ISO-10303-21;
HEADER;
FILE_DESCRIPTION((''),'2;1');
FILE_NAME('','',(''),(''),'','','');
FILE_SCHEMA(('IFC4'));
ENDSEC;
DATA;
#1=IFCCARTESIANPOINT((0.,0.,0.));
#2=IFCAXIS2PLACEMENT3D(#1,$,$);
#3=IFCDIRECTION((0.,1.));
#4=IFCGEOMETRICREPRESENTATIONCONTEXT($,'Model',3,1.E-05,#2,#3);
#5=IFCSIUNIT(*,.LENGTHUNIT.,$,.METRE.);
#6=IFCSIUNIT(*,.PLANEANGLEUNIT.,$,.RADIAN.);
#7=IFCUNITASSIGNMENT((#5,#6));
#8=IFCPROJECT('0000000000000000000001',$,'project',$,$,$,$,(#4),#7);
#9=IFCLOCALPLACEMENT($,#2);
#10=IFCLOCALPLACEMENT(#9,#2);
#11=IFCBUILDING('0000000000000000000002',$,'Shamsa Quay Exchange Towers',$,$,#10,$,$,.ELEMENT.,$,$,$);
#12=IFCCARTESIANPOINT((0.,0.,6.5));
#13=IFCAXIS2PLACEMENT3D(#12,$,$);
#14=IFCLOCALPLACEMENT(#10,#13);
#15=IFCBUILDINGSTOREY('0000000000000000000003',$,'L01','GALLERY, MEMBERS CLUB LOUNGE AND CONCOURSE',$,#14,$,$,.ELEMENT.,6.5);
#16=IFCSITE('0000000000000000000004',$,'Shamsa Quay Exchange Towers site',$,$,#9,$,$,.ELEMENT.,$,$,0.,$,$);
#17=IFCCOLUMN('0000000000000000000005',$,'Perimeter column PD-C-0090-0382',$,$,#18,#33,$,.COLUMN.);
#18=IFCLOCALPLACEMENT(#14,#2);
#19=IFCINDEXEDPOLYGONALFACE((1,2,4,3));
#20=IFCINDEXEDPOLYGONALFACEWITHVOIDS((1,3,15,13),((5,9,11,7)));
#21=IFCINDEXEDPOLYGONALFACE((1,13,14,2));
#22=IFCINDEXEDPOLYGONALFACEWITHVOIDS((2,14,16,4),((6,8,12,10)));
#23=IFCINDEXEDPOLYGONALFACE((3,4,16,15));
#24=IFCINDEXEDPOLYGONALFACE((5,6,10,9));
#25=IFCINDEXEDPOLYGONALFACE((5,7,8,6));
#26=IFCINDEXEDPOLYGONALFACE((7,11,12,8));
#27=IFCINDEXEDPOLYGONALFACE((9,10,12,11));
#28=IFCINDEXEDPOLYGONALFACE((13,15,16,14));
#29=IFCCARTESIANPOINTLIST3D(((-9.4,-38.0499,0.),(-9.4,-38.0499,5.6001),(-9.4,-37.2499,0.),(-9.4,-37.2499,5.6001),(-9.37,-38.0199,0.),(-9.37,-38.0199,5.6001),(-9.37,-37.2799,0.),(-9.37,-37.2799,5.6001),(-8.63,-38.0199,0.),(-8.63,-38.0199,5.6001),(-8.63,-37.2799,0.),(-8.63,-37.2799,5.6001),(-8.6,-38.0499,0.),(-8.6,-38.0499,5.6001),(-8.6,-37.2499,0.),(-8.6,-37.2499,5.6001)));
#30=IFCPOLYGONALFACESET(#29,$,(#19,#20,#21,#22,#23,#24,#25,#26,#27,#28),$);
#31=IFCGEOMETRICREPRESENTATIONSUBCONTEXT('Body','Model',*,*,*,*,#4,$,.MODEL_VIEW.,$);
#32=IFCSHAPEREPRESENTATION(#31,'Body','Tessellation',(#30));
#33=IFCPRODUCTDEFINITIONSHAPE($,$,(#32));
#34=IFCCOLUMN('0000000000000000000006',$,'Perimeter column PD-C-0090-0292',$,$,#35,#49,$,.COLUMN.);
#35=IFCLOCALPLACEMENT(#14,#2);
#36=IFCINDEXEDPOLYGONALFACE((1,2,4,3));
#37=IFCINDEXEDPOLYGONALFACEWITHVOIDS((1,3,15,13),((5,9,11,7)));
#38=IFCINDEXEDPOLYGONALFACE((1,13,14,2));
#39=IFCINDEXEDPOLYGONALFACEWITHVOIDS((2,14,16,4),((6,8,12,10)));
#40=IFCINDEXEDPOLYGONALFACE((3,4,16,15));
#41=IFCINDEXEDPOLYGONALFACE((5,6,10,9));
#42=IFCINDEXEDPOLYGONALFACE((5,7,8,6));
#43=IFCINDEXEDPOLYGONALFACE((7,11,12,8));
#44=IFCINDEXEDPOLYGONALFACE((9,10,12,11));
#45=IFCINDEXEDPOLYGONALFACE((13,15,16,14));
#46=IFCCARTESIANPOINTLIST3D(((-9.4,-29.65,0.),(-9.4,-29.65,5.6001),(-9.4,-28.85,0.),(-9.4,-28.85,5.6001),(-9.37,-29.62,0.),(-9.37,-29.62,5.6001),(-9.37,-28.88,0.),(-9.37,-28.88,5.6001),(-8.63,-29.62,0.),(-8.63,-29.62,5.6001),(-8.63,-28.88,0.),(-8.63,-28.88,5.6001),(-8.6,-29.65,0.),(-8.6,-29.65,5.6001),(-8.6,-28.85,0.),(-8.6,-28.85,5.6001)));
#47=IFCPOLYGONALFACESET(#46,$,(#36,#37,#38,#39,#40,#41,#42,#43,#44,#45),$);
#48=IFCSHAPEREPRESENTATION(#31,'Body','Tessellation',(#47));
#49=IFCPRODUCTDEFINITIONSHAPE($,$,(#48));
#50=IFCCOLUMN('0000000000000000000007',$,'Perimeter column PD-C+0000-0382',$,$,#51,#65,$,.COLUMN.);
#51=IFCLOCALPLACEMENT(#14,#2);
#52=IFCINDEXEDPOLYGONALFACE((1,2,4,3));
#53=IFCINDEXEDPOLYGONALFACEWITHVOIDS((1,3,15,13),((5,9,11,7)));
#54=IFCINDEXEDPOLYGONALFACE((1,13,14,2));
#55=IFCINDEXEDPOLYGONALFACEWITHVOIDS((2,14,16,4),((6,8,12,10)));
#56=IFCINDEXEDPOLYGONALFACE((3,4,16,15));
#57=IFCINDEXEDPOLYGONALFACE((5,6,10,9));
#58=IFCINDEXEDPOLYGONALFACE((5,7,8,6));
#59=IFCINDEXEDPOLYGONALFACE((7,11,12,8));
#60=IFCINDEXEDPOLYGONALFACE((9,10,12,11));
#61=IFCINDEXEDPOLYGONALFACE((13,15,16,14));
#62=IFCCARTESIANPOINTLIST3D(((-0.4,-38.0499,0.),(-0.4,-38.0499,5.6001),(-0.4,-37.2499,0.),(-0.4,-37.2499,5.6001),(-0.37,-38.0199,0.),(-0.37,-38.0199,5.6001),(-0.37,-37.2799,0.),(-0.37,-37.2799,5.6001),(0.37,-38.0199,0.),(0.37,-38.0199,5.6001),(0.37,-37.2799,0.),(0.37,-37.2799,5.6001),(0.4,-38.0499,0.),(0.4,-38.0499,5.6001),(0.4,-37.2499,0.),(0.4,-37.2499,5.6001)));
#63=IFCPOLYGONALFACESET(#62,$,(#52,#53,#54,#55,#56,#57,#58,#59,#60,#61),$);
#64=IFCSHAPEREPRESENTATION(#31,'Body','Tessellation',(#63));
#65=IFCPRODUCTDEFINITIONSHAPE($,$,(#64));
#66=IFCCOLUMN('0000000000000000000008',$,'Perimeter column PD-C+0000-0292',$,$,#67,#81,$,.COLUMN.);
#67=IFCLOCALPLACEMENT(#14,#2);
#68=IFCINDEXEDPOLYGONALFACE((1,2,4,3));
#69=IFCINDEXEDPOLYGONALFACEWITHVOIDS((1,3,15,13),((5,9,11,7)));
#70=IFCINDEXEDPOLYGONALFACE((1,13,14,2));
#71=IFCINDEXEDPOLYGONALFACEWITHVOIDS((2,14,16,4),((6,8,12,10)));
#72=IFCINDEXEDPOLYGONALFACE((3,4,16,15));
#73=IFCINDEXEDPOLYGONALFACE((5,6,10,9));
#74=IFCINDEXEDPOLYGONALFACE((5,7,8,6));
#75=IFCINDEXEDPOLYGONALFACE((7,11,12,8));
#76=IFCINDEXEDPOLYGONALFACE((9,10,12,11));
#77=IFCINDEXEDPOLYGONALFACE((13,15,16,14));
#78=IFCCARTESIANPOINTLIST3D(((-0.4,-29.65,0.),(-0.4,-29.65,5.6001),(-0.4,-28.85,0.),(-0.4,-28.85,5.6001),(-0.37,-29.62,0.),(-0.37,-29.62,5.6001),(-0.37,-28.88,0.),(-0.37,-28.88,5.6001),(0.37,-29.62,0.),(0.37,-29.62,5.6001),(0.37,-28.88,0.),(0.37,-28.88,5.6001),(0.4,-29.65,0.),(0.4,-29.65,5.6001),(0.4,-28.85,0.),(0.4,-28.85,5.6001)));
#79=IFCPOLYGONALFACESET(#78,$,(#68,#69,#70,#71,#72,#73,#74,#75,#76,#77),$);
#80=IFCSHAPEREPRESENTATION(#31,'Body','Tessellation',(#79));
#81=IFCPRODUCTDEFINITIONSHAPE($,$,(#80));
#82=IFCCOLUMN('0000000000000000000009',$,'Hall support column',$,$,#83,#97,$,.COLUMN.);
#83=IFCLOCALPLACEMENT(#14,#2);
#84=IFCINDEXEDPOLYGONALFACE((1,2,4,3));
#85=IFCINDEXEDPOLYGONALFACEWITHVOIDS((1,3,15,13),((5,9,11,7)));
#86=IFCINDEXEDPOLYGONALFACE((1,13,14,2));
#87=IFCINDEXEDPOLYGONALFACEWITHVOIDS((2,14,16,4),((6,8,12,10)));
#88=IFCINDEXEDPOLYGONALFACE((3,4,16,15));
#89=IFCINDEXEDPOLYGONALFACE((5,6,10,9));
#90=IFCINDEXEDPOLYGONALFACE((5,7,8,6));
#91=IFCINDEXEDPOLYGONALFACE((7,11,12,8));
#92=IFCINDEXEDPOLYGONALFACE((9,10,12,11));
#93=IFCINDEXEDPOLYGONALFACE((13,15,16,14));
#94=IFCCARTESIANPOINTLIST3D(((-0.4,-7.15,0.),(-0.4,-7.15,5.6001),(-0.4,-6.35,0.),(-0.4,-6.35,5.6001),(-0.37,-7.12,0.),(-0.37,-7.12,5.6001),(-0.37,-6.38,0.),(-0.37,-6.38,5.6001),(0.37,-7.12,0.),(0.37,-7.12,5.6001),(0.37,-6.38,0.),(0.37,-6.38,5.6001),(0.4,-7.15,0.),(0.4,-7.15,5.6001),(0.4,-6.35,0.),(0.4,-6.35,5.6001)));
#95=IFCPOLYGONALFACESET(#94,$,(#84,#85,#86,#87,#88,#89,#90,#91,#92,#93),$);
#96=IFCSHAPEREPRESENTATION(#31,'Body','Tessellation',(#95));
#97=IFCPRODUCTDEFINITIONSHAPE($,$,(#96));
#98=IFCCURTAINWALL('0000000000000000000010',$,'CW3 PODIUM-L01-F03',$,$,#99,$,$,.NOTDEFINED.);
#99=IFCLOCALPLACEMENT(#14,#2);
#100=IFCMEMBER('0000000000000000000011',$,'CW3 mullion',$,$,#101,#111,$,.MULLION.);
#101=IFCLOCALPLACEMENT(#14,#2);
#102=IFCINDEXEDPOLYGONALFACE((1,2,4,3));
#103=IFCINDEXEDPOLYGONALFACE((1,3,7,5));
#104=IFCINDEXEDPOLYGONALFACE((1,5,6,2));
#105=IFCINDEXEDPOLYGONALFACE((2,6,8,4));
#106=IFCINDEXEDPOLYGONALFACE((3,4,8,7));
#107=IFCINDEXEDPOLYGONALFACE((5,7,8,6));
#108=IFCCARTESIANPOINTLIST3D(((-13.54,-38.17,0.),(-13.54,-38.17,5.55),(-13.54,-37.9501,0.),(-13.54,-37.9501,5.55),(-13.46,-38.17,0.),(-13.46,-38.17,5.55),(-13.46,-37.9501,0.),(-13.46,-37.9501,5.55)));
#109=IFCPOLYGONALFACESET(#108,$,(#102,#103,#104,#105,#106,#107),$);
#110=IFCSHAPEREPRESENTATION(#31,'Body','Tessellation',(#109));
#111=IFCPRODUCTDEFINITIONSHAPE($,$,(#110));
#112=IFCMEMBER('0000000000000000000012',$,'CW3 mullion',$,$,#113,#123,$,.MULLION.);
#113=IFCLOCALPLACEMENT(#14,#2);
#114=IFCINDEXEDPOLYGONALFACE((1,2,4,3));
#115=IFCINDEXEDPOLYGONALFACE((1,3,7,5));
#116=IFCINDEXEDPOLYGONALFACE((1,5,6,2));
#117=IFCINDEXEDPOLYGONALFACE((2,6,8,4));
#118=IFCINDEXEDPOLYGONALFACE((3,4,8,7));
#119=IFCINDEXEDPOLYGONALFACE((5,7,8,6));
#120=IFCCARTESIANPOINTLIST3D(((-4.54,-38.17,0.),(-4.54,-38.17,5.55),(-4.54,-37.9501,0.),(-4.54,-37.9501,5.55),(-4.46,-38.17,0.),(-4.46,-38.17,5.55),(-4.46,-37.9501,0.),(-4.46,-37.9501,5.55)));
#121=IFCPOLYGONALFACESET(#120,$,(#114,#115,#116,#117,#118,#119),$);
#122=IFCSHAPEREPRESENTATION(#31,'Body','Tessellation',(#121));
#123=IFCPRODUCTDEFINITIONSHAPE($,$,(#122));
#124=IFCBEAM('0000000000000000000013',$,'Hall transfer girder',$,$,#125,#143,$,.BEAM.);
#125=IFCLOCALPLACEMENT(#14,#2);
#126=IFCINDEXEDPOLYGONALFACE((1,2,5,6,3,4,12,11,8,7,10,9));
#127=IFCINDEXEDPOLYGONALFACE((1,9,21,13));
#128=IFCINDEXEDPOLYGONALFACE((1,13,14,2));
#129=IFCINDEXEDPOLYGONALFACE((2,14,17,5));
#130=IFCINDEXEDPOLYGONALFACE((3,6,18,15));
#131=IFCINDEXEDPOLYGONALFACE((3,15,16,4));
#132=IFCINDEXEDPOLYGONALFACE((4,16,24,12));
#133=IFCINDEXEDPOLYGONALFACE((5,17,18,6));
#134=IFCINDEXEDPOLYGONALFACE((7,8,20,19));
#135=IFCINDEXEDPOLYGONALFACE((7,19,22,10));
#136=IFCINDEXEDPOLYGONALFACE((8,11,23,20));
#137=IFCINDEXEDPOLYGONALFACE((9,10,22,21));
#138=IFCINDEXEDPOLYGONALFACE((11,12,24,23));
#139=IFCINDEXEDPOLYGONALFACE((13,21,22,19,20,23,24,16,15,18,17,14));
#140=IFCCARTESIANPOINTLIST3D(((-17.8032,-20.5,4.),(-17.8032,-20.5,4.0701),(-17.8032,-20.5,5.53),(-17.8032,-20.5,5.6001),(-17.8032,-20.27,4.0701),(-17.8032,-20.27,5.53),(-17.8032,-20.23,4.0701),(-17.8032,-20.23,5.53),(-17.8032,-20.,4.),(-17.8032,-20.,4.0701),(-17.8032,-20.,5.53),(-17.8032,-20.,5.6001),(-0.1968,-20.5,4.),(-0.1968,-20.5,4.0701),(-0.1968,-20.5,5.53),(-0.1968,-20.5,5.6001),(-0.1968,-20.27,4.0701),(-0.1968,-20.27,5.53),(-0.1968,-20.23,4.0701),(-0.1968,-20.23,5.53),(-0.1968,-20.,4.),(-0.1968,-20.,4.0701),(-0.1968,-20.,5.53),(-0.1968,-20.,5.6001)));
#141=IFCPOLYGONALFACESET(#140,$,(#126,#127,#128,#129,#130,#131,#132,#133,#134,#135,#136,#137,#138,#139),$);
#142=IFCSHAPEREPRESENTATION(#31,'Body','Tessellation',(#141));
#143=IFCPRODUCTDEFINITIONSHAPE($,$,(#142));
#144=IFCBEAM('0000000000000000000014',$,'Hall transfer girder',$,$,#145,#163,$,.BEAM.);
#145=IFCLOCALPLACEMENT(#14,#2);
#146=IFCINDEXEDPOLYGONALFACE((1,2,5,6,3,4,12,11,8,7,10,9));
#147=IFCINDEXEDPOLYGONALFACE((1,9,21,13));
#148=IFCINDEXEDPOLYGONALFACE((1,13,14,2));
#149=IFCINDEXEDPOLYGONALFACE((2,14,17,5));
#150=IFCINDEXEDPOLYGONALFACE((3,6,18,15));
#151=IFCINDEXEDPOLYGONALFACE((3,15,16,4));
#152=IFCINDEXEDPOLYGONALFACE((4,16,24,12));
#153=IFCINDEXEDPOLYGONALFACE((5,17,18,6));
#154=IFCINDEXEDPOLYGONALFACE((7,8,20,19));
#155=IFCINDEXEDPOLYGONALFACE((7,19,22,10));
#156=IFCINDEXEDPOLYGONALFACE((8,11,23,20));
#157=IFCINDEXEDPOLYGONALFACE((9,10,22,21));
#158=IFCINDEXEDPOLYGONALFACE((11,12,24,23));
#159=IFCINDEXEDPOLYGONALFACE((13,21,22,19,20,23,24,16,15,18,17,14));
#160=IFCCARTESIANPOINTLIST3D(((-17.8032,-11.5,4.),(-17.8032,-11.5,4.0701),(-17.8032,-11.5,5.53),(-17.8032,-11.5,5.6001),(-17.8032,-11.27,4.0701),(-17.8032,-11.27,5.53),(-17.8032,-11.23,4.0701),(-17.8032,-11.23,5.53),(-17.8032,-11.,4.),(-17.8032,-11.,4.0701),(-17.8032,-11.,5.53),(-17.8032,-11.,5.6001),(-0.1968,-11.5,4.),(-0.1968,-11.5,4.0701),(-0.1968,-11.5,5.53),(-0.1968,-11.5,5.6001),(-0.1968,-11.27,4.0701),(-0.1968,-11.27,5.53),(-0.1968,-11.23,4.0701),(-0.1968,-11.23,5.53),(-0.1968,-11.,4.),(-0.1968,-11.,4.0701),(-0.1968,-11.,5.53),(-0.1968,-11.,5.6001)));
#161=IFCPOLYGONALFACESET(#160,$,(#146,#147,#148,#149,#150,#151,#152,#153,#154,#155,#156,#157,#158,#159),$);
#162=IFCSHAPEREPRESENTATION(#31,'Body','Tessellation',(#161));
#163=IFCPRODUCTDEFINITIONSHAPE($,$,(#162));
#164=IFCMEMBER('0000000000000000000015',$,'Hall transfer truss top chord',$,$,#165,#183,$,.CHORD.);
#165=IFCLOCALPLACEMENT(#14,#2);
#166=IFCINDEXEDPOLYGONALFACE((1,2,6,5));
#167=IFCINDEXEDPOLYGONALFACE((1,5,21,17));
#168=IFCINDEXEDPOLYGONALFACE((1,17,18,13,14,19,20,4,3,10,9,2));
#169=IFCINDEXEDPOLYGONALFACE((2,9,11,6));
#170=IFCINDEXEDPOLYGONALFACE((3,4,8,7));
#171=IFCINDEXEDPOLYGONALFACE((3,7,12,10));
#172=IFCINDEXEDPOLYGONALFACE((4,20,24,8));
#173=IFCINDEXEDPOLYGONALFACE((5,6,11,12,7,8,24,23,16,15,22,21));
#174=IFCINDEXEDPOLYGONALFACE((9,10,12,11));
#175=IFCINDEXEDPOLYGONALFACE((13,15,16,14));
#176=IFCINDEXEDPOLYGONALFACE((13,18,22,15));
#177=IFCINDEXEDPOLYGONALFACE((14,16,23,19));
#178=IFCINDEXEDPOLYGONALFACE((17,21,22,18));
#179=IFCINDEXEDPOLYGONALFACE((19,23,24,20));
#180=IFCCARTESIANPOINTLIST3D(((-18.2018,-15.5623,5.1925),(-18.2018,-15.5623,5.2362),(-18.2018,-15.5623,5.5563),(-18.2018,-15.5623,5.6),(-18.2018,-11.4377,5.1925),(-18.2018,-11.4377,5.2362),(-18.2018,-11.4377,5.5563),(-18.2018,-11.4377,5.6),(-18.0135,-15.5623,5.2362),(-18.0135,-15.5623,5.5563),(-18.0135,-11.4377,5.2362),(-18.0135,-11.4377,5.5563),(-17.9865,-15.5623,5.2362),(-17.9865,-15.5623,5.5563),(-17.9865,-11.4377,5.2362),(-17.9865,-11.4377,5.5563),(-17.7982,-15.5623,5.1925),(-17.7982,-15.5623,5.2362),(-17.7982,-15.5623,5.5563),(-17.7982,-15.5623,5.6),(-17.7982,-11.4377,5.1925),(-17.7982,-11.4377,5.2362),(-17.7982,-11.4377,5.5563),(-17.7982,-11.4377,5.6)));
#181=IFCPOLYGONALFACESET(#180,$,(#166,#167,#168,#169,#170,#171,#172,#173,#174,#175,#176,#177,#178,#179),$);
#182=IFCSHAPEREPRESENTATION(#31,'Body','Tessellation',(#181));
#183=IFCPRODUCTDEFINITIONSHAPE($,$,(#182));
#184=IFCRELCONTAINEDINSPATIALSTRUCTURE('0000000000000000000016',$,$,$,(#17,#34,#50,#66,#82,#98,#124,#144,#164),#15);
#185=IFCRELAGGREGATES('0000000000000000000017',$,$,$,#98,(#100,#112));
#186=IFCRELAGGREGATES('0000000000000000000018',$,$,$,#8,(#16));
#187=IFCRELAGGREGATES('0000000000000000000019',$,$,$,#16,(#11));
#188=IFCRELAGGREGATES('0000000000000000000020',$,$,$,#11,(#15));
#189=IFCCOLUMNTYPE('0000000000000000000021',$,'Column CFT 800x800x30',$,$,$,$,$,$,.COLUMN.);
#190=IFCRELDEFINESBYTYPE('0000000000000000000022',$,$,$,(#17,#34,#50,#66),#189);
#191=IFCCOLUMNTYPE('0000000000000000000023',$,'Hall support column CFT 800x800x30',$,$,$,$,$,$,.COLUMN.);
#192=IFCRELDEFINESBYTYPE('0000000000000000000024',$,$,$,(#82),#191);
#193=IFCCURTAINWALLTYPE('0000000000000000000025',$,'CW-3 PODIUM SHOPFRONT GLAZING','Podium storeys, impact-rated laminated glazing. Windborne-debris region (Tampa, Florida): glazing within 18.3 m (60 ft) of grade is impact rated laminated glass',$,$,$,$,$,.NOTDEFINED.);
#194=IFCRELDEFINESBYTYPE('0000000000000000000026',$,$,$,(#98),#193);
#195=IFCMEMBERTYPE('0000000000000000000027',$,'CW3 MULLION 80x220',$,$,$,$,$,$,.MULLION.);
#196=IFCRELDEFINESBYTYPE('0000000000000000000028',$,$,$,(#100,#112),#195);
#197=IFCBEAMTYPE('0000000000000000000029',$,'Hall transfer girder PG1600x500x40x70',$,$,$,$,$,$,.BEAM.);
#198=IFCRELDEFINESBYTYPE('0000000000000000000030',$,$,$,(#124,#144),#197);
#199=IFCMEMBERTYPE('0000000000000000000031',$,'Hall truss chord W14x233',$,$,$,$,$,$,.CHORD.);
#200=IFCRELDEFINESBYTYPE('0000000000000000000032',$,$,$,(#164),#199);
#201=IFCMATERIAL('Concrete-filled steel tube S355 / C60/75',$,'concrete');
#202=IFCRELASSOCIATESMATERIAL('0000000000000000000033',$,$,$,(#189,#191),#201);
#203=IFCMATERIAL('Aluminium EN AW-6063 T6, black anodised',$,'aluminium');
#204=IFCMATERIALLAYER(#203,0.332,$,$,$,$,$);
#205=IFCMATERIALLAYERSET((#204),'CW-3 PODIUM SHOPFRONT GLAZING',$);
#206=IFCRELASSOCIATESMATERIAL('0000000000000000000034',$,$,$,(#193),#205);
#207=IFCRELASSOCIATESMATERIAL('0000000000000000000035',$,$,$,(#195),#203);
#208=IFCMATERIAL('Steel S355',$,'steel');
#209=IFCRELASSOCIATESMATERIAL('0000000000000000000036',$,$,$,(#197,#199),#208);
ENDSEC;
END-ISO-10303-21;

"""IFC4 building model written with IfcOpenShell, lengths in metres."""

from ifc_helpers import new_model, si_unit, direction, frame, origin, origin_2d, place, context, subcontext, project, spatial, rectangle, hollow_rectangle, i_section, extrude, material, layer, layer_set, material_profile, profile_set, type_object, element, aggregate, save


model = new_model("IFC4")

# Units and contexts
model_context = context("Model", 3, precision=1e-05, world=origin(), true_north=direction((0.0, 1.0)))
body_context = subcontext(model_context, "Body", "Model", "MODEL_VIEW")
ifc_project = project(units=[si_unit("LENGTHUNIT", "METRE"), si_unit("PLANEANGLEUNIT", "RADIAN")], contexts=[model_context])

# Site, building, storey
site_placement = place(None, origin())
site = spatial("IfcSite", under=ifc_project, at=site_placement, Name="Shamsa Quay Exchange Towers site", CompositionType="ELEMENT", RefElevation=0.0)
building_placement = place(site_placement, origin())
building = spatial("IfcBuilding", under=site, at=building_placement, Name="Shamsa Quay Exchange Towers", CompositionType="ELEMENT")
storey_placement = place(building_placement, frame((0.0, 0.0, 6.5)))
storey = spatial("IfcBuildingStorey", under=building, at=storey_placement, Name="L01", Description="GALLERY, MEMBERS CLUB LOUNGE AND CONCOURSE", CompositionType="ELEMENT", Elevation=6.5)

# Columns
ifc_material_1 = material(Name="Concrete-filled steel tube S355 / C60/75", Category="concrete")
ifc_material_profile_1 = material_profile(ifc_material_1, hollow_rectangle(XDim=0.8, YDim=0.8, WallThickness=0.03, at=origin_2d()), Name="CFT 800x800x30")
ifc_profile_set_1 = profile_set([ifc_material_profile_1], Name="Concrete-filled steel tube S355 / C60/75")
column_type_1 = type_object("IfcColumnType", Name="Column CFT 800x800x30", PredefinedType="COLUMN", material=ifc_profile_set_1)
for number, where, name in (
    (1, (-9.0, -37.6499, 0.0), "Perimeter column PD-C-0090-0382"),
    (2, (-9.0, -29.25, 0.0), "Perimeter column PD-C-0090-0292"),
    (3, (0.0, -37.6499, 0.0), "Perimeter column PD-C+0000-0382"),
    (4, (0.0, -29.25, 0.0), "Perimeter column PD-C+0000-0292"),
):
    element("IfcColumn", number, at=place(storey_placement, frame(where)), inside=storey, type_object=column_type_1, Name=name, PredefinedType="COLUMN", context=body_context, shape_type="SweptSolid", body=[
        extrude(hollow_rectangle(XDim=0.8, YDim=0.8, WallThickness=0.03, at=origin_2d()), origin(), (0.0, 0.0, 1.0), 5.6001),
    ])
ifc_material_profile_2 = material_profile(ifc_material_1, hollow_rectangle(XDim=0.8, YDim=0.8, WallThickness=0.03, at=origin_2d()), Name="CFT 800x800x30")
ifc_profile_set_2 = profile_set([ifc_material_profile_2], Name="Concrete-filled steel tube S355 / C60/75")
column_type_2 = type_object("IfcColumnType", Name="Hall support column CFT 800x800x30", PredefinedType="COLUMN", material=ifc_profile_set_2)
column_placement = place(storey_placement, frame((0.0, -6.75, 0.0)))
element("IfcColumn", 5, at=column_placement, inside=storey, type_object=column_type_2, Name="Hall support column", PredefinedType="COLUMN", context=body_context, shape_type="SweptSolid", body=[
    extrude(hollow_rectangle(XDim=0.8, YDim=0.8, WallThickness=0.03, at=origin_2d()), origin(), (0.0, 0.0, 1.0), 5.6001),
])

# Curtain wall, members
ifc_material_2 = material(Name="Aluminium EN AW-6063 T6, black anodised", Category="aluminium")
ifc_layer_1 = layer(ifc_material_2, 0.332)
ifc_layer_set_1 = layer_set([ifc_layer_1], Name="CW-3 PODIUM SHOPFRONT GLAZING")
curtain_wall_type = type_object("IfcCurtainWallType", Name="CW-3 PODIUM SHOPFRONT GLAZING", Description="Podium storeys, impact-rated laminated glazing. Windborne-debris region (Tampa, Florida): glazing within 18.3 m (60 ft) of grade is impact rated laminated glass", PredefinedType="NOTDEFINED", material=ifc_layer_set_1)
curtain_wall_placement = place(storey_placement, origin())
curtain_wall = element("IfcCurtainWall", 6, at=curtain_wall_placement, inside=storey, type_object=curtain_wall_type, Name="CW3 PODIUM-L01-F03", PredefinedType="NOTDEFINED")
ifc_material_profile_3 = material_profile(ifc_material_2, rectangle(XDim=0.22, YDim=0.0801, at=origin_2d()), Name="MU80x220")
ifc_profile_set_3 = profile_set([ifc_material_profile_3], Name="Aluminium EN AW-6063 T6, black anodised")
member_type_1 = type_object("IfcMemberType", Name="CW3 MULLION 80x220", PredefinedType="MULLION", material=ifc_profile_set_3)
member_1_placement = place(storey_placement, frame((-13.5, -38.0601, 0.0), z_axis=(0.0, 0.0, 1.0), x_axis=(0.0, 1.0, 0.0)))
member_1 = element("IfcMember", 7, at=member_1_placement, type_object=member_type_1, Name="CW3 mullion", PredefinedType="MULLION", context=body_context, shape_type="SweptSolid", body=[
    extrude(rectangle(XDim=0.22, YDim=0.0801, at=origin_2d()), origin(), (0.0, 0.0, 1.0), 5.55),
])
member_2_placement = place(storey_placement, frame((-4.5, -38.0601, 0.0), z_axis=(0.0, 0.0, 1.0), x_axis=(0.0, 1.0, 0.0)))
member_2 = element("IfcMember", 8, at=member_2_placement, type_object=member_type_1, Name="CW3 mullion", PredefinedType="MULLION", context=body_context, shape_type="SweptSolid", body=[
    extrude(rectangle(XDim=0.22, YDim=0.0801, at=origin_2d()), origin(), (0.0, 0.0, 1.0), 5.55),
])

# Beams
ifc_material_3 = material(Name="Steel S355", Category="steel")
ifc_material_profile_4 = material_profile(ifc_material_3, i_section(OverallWidth=0.5, OverallDepth=1.6001, WebThickness=0.04, FlangeThickness=0.0701, at=origin_2d()), Name="PG1600x500x40x70")
ifc_profile_set_4 = profile_set([ifc_material_profile_4], Name="Steel S355")
beam_type = type_object("IfcBeamType", Name="Hall transfer girder PG1600x500x40x70", PredefinedType="BEAM", material=ifc_profile_set_4)
for number, where, z_axis, x_axis, name in (
    (9, (-17.8032, -20.25, 4.8), (1.0, 0.0, 0.0), (0.0, 1.0, 0.0), "Hall transfer girder"),
    (10, (-17.8032, -11.25, 4.8), (1.0, 0.0, 0.0), (0.0, 1.0, 0.0), "Hall transfer girder"),
):
    element("IfcBeam", number, at=place(storey_placement, frame(where, z_axis=z_axis, x_axis=x_axis)), inside=storey, type_object=beam_type, Name=name, PredefinedType="BEAM", context=body_context, shape_type="SweptSolid", body=[
        extrude(i_section(OverallWidth=0.5, OverallDepth=1.6001, WebThickness=0.04, FlangeThickness=0.0701, at=origin_2d()), origin(), (0.0, 0.0, 1.0), 17.6064),
    ])

# Member
ifc_material_profile_5 = material_profile(ifc_material_3, i_section(OverallWidth=0.4036, OverallDepth=0.4075, WebThickness=0.0271, FlangeThickness=0.0437, at=origin_2d()), Name="W14x233")
ifc_profile_set_5 = profile_set([ifc_material_profile_5], Name="Steel S355")
member_type_2 = type_object("IfcMemberType", Name="Hall truss chord W14x233", PredefinedType="CHORD", material=ifc_profile_set_5)
member_3_placement = place(storey_placement, frame((-18.0, -15.5623, 5.3962), z_axis=(0.0, 1.0, 0.0), x_axis=(-1.0, 0.0, 0.0)))
element("IfcMember", 11, at=member_3_placement, inside=storey, type_object=member_type_2, Name="Hall transfer truss top chord", PredefinedType="CHORD", context=body_context, shape_type="SweptSolid", body=[
    extrude(i_section(OverallWidth=0.4036, OverallDepth=0.4075, WebThickness=0.0271, FlangeThickness=0.0437, at=origin_2d()), origin(), (0.0, 0.0, 1.0), 4.1245),
])

aggregate(curtain_wall, [member_1, member_2])

save(model, "model.ifc")
